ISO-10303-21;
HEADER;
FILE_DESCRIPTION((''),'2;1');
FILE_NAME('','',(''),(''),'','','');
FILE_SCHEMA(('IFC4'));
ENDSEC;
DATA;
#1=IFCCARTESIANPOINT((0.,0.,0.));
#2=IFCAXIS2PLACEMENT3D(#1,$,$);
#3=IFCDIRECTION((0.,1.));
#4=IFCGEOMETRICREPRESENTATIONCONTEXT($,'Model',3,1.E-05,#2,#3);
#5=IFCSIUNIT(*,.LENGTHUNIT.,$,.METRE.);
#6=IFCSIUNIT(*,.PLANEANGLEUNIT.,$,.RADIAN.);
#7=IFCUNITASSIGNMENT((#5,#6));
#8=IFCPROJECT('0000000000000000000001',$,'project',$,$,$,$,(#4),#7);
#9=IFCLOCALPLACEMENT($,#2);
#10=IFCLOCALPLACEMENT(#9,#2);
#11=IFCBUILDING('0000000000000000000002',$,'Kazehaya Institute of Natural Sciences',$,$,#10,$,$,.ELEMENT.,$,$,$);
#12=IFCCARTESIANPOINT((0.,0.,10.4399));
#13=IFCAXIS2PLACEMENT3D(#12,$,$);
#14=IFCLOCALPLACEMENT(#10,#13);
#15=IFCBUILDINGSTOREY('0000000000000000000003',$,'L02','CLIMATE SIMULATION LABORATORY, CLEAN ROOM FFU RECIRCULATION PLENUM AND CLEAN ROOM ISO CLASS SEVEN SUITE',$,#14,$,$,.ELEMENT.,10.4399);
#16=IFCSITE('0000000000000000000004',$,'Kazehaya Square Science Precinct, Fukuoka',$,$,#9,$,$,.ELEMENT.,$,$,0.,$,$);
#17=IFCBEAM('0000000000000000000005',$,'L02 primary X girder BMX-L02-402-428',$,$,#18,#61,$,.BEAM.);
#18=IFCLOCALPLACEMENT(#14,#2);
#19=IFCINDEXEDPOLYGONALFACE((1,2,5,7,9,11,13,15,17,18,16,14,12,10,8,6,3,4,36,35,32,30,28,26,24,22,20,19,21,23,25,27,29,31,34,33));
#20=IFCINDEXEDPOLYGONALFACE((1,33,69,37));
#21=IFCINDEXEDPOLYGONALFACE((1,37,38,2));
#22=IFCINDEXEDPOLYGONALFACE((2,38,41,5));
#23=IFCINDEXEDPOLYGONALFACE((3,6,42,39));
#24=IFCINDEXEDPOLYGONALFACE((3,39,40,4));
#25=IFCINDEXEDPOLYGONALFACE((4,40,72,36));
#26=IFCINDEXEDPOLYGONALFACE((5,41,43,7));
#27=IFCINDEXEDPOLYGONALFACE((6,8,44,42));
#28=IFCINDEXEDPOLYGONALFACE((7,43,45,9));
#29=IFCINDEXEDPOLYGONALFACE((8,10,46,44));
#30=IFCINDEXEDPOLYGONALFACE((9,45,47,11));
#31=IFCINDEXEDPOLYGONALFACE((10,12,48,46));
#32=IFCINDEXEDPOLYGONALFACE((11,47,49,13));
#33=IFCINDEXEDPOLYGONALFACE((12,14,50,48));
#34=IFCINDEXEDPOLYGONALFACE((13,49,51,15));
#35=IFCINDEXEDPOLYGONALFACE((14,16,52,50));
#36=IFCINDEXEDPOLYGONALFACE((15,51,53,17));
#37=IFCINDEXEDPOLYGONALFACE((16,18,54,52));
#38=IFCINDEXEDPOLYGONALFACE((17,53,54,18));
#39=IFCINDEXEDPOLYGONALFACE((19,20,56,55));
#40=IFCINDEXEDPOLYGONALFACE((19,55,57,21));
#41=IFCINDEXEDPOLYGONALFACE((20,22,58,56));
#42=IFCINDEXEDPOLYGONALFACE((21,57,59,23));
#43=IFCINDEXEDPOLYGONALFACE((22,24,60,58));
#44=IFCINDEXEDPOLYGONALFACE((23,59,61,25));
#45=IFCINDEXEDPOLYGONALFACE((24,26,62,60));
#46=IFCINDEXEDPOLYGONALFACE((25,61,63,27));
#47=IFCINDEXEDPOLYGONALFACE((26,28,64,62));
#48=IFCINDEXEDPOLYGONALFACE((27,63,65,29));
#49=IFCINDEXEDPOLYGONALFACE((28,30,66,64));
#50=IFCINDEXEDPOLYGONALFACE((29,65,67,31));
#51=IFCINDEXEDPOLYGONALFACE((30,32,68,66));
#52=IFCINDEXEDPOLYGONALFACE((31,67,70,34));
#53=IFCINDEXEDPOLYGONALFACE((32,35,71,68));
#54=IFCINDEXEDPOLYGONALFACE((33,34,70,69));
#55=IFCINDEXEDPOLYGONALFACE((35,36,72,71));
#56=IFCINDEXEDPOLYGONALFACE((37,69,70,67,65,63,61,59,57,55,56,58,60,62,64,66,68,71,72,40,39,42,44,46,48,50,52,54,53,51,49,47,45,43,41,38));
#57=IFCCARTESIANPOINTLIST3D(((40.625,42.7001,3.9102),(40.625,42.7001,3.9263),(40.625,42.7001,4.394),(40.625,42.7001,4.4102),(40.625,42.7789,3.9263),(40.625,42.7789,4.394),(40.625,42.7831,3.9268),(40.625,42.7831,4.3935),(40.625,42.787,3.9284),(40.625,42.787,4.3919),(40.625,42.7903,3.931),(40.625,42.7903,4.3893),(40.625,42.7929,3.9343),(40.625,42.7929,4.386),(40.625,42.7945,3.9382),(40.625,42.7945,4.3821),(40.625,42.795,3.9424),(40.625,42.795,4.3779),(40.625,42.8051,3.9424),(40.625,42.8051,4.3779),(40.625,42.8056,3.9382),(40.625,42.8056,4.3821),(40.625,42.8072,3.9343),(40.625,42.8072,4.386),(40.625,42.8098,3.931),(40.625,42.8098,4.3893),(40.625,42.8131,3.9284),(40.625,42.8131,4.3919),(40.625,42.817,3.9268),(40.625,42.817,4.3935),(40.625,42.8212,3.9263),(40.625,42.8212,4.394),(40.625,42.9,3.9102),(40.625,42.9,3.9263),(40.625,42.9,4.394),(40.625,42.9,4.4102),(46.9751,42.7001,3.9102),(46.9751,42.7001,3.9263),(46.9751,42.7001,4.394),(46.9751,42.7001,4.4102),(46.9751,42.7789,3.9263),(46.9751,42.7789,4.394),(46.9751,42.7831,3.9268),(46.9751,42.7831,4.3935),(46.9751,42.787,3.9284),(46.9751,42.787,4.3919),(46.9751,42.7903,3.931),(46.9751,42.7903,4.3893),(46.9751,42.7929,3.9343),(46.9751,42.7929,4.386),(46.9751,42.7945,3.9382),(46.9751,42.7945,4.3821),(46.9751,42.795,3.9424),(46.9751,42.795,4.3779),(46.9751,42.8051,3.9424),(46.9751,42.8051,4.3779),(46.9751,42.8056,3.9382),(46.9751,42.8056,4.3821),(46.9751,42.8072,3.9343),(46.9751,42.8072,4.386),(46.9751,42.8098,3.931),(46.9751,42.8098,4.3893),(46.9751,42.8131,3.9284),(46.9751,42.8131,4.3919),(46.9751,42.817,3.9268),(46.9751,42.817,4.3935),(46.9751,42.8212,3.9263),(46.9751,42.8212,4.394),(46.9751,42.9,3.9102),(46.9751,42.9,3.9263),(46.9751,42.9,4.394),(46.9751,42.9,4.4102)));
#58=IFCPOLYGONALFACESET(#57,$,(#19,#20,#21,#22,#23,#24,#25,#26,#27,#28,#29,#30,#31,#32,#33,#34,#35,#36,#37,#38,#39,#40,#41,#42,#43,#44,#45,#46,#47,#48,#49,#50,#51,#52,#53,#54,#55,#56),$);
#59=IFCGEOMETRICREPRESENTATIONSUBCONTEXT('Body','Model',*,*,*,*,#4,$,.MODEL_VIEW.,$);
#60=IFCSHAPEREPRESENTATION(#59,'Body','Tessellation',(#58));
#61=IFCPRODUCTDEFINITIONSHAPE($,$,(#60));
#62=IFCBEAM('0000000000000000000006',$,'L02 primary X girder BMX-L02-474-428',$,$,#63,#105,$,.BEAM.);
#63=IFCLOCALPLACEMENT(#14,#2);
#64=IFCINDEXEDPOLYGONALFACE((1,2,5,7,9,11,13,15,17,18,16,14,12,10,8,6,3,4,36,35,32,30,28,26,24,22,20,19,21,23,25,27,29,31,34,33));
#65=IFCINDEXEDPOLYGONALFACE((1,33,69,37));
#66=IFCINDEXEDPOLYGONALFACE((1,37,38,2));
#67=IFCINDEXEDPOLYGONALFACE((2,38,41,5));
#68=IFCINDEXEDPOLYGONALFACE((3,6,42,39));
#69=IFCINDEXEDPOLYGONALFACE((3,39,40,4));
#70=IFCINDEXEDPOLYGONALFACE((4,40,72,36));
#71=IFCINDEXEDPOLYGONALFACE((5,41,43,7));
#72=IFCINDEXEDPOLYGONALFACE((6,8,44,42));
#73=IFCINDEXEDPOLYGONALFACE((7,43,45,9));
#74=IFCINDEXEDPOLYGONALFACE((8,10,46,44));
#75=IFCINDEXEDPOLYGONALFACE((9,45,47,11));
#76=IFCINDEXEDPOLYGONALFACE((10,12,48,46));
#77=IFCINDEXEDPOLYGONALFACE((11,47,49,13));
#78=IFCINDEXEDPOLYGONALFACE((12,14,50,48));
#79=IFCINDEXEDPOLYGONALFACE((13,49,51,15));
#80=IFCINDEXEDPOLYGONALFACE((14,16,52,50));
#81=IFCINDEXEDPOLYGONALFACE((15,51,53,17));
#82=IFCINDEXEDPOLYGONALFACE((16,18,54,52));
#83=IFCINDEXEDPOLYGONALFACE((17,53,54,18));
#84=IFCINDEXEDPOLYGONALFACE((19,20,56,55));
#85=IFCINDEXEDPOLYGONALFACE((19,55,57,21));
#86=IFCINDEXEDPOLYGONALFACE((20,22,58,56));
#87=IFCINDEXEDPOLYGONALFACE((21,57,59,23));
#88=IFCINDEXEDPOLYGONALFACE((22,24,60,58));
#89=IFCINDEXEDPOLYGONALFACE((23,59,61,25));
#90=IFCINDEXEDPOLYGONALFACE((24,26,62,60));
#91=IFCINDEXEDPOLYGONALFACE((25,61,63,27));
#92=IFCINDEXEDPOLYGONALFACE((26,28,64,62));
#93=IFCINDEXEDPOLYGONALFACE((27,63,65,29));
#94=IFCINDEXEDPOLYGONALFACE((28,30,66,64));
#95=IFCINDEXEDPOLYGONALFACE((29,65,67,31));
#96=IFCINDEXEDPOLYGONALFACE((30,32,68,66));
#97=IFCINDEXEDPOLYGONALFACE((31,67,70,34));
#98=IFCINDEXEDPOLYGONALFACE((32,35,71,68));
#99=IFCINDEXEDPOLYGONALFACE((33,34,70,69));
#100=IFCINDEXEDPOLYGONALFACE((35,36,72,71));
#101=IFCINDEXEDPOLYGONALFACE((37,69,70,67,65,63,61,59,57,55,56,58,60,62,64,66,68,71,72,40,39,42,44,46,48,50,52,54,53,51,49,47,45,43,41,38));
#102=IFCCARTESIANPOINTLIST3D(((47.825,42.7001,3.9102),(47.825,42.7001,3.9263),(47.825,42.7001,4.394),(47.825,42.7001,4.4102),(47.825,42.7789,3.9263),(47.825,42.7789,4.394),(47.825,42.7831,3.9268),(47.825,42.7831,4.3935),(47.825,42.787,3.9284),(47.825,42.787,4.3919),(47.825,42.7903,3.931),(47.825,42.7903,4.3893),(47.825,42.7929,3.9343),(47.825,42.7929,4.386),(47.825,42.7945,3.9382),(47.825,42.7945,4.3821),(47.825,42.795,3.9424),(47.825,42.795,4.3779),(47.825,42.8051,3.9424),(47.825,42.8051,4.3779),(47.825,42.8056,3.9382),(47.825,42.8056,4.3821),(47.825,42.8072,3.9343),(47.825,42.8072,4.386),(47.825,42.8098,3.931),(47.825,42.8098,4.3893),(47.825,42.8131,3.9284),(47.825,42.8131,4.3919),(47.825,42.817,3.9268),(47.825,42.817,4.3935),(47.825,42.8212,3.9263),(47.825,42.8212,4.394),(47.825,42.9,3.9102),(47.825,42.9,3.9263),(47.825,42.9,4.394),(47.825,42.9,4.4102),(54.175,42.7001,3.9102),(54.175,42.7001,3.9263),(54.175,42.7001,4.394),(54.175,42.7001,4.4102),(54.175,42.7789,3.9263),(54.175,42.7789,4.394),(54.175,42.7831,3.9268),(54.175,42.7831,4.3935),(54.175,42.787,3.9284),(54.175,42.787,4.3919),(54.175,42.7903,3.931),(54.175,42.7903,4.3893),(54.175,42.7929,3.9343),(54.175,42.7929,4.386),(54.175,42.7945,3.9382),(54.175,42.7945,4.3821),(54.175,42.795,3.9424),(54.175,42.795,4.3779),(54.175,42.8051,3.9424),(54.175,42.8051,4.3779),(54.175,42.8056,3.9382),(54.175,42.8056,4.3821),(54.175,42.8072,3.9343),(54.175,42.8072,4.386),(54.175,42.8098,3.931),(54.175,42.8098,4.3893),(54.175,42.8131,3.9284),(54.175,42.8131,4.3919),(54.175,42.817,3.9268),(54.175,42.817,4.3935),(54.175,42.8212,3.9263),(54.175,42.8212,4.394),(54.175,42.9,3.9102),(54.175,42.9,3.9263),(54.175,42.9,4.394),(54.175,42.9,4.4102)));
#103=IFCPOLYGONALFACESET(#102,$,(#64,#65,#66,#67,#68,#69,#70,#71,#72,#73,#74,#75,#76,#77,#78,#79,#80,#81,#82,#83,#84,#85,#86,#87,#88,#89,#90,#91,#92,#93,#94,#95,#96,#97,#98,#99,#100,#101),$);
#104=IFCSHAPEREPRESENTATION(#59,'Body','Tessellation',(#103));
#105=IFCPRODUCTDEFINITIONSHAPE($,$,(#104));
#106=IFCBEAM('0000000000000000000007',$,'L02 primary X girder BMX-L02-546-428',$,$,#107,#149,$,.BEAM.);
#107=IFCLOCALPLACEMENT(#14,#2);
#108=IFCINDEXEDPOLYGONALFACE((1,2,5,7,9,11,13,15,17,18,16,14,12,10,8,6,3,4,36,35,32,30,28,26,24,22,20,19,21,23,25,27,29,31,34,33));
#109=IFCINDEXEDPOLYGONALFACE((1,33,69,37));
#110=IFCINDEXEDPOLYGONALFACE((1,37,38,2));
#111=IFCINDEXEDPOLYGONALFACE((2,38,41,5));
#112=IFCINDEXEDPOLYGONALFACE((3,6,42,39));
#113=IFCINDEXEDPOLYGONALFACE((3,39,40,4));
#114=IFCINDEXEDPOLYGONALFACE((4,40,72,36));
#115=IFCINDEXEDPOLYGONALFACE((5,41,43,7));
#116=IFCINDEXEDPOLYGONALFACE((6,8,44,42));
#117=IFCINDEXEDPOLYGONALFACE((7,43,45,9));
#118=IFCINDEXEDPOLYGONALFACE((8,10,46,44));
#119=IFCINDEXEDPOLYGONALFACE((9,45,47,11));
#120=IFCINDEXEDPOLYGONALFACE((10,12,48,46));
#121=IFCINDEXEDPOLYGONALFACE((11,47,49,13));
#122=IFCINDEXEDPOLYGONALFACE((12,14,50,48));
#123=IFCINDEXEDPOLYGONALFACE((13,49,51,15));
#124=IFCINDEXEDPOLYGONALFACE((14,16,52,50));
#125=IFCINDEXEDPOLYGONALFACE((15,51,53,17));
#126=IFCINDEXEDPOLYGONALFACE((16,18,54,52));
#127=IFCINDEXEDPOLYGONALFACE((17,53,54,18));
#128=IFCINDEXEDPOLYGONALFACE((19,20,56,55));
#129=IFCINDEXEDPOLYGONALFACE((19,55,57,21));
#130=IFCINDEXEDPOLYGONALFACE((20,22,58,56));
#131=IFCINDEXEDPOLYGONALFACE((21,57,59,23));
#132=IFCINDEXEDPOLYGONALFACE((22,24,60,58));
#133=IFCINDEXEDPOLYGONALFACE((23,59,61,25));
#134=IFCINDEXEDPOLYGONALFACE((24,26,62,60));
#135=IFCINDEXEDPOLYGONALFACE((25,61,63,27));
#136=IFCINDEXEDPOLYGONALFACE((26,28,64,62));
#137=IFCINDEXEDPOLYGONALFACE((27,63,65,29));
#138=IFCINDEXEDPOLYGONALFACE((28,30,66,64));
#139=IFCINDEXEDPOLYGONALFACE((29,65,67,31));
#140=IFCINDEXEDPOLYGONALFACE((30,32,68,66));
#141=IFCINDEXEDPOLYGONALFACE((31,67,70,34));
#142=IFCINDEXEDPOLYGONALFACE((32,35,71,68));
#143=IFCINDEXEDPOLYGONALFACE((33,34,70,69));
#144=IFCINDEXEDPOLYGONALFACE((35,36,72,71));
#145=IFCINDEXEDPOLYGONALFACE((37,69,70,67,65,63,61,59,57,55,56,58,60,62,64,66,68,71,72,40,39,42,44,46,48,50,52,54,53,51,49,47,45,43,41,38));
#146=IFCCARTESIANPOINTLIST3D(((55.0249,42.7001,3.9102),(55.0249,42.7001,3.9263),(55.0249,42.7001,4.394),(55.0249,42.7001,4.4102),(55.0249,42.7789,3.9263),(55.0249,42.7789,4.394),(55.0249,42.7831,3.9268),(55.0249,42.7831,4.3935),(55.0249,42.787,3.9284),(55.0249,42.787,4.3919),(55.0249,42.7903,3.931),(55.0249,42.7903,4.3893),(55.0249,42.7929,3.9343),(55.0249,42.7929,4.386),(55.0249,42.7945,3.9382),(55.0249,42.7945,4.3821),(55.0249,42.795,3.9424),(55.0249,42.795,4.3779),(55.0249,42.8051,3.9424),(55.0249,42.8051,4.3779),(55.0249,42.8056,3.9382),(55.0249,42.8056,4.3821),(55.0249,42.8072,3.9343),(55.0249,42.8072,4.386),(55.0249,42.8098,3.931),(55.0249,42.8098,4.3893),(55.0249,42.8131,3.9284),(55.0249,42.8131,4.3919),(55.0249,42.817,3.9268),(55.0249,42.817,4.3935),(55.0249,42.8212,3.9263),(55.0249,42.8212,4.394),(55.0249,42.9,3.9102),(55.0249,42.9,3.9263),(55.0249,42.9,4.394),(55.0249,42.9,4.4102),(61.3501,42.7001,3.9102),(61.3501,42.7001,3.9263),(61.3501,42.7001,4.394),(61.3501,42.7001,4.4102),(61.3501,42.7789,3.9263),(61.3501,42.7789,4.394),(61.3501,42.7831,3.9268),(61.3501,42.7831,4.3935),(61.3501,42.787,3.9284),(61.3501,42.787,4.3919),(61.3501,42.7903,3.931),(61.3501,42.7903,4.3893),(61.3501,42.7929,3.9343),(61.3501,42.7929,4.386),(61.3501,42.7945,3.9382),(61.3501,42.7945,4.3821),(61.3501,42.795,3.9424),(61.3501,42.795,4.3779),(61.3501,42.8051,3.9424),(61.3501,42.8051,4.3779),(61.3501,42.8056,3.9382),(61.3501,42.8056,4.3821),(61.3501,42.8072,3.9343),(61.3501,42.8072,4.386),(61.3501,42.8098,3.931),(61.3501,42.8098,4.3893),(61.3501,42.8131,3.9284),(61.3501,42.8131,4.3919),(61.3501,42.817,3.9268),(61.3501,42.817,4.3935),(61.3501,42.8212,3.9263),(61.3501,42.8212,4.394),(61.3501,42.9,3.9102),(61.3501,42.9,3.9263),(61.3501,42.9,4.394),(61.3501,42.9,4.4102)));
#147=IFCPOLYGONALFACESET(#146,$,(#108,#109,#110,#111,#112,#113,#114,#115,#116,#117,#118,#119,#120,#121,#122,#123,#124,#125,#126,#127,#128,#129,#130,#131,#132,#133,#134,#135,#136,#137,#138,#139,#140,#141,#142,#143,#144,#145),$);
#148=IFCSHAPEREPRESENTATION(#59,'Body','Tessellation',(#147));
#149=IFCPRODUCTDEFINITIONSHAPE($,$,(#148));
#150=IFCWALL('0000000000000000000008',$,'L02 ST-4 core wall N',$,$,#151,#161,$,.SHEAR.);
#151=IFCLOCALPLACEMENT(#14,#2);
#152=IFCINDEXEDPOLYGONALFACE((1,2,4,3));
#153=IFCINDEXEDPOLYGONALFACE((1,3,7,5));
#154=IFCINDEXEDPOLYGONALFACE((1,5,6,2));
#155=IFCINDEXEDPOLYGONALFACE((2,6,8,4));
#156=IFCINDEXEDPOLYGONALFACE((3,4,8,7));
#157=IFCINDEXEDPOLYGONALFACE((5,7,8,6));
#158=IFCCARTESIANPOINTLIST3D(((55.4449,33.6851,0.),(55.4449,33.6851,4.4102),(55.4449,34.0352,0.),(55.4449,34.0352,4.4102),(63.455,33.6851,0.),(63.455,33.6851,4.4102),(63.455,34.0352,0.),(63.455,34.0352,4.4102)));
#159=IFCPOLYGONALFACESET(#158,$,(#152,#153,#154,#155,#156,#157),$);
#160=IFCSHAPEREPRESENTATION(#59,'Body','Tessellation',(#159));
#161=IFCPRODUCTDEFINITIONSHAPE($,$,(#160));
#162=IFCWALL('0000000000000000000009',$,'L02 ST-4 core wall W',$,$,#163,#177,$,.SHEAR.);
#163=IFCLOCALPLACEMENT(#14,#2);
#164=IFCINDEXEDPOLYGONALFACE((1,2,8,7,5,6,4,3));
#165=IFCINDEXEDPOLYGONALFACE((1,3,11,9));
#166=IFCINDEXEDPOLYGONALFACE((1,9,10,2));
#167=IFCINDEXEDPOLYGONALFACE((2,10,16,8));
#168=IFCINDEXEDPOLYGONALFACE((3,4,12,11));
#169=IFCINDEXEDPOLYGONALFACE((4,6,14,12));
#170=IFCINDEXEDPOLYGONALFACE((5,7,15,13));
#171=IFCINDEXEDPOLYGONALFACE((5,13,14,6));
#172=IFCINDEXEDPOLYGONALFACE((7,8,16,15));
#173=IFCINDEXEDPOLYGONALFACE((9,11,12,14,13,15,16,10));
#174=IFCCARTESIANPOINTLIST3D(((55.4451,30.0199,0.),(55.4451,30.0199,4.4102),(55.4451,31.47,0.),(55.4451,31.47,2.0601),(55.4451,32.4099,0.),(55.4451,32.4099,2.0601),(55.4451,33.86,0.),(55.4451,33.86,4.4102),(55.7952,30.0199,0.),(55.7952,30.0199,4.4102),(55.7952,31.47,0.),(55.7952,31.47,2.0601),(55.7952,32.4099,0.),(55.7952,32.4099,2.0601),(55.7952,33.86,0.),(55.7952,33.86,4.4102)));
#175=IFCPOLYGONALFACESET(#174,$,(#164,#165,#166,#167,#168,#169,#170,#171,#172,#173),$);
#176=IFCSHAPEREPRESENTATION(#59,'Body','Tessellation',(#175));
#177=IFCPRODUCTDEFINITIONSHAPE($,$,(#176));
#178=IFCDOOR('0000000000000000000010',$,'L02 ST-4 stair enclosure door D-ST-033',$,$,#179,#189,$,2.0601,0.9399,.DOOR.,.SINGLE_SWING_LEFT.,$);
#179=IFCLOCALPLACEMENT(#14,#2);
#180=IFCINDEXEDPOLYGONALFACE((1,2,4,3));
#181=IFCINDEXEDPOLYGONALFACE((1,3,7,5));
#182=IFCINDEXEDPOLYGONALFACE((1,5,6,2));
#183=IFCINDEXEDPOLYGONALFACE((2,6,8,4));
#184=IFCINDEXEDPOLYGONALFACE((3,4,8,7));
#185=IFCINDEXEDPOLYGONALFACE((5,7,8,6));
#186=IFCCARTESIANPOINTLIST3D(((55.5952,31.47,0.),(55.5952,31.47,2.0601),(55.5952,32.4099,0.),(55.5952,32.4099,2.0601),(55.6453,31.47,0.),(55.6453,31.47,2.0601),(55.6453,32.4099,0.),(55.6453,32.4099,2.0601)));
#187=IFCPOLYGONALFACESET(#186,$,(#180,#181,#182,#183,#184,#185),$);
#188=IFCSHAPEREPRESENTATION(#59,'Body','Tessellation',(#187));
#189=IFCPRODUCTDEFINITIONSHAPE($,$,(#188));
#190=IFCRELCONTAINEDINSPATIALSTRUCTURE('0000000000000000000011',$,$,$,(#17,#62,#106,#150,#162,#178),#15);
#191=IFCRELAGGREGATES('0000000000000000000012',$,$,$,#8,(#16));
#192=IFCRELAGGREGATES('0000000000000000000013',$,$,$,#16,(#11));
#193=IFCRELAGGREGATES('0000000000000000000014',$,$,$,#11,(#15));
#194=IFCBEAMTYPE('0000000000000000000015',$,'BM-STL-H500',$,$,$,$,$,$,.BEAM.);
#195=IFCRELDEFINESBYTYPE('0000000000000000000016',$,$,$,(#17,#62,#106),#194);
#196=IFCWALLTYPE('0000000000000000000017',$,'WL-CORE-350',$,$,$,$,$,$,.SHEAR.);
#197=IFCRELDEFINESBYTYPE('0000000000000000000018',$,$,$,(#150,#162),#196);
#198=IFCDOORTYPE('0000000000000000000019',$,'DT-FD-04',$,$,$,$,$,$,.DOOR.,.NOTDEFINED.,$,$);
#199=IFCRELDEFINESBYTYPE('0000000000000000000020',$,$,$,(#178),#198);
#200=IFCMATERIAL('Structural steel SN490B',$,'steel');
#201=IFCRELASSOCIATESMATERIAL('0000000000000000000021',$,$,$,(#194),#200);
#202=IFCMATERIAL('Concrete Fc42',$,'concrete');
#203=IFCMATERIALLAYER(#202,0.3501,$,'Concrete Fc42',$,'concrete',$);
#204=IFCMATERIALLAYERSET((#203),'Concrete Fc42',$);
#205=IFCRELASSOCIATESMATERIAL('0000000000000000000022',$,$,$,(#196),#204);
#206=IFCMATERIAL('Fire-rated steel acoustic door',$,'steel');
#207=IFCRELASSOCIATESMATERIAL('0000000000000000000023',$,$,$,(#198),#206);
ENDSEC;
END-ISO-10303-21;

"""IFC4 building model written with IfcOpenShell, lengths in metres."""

from ifc_helpers import new_model, si_unit, direction, frame, frame_2d, origin, origin_2d, place, context, subcontext, project, spatial, rectangle, i_section, extrude, material, layer, layer_set, material_profile, profile_set, type_object, element, fill, save


model = new_model("IFC4")

# Units and contexts
model_context = context("Model", 3, precision=1e-05, world=origin(), true_north=direction((0.0, 1.0)))
body_context = subcontext(model_context, "Body", "Model", "MODEL_VIEW")
ifc_project = project(units=[si_unit("LENGTHUNIT", "METRE"), si_unit("PLANEANGLEUNIT", "RADIAN")], contexts=[model_context])

# Site, building, storey
site_placement = place(None, origin())
site = spatial("IfcSite", under=ifc_project, at=site_placement, Name="Kazehaya Square Science Precinct, Fukuoka", CompositionType="ELEMENT", RefElevation=0.0)
building_placement = place(site_placement, origin())
building = spatial("IfcBuilding", under=site, at=building_placement, Name="Kazehaya Institute of Natural Sciences", CompositionType="ELEMENT")
storey_placement = place(building_placement, frame((0.0, 0.0, 10.4399)))
storey = spatial("IfcBuildingStorey", under=building, at=storey_placement, Name="L02", Description="CLIMATE SIMULATION LABORATORY, CLEAN ROOM FFU RECIRCULATION PLENUM AND CLEAN ROOM ISO CLASS SEVEN SUITE", CompositionType="ELEMENT", Elevation=10.4399)

# Shared definitions
ifc_material_1 = material(Name="Concrete Fc42", Category="concrete")

# Beams
ifc_material_2 = material(Name="Structural steel SN490B", Category="steel")
ifc_material_profile_1 = material_profile(ifc_material_2, i_section(OverallWidth=0.2, OverallDepth=0.5, WebThickness=0.01, FlangeThickness=0.0161, FilletRadius=0.0161, at=origin_2d()), Name="H-500x200x10x16")
ifc_profile_set_1 = profile_set([ifc_material_profile_1], Name="Structural steel SN490B")
beam_type_1 = type_object("IfcBeamType", Name="BM-STL-H500", PredefinedType="BEAM", material=ifc_profile_set_1)
for number, where, z_axis, x_axis, name in (
    (1, (40.625, 42.8, 4.1602), (1.0, 0.0, 0.0), (0.0, 1.0, 0.0), "L02 primary X girder BMX-L02-402-428"),
    (2, (47.825, 42.8, 4.1602), (1.0, 0.0, 0.0), (0.0, 1.0, 0.0), "L02 primary X girder BMX-L02-474-428"),
):
    element("IfcBeam", number, at=place(storey_placement, frame(where, z_axis=z_axis, x_axis=x_axis)), inside=storey, type_object=beam_type_1, Name=name, PredefinedType="BEAM", context=body_context, shape_type="SweptSolid", body=[
        extrude(i_section(OverallWidth=0.2, OverallDepth=0.5, WebThickness=0.01, FlangeThickness=0.0161, FilletRadius=0.0161, at=origin_2d()), origin(), (0.0, 0.0, 1.0), 6.3501),
    ])
beam_1_placement = place(storey_placement, frame((55.0249, 42.8, 4.1602), z_axis=(1.0, 0.0, 0.0), x_axis=(0.0, 1.0, 0.0)))
element("IfcBeam", 3, at=beam_1_placement, inside=storey, type_object=beam_type_1, Name="L02 primary X girder BMX-L02-546-428", PredefinedType="BEAM", context=body_context, shape_type="SweptSolid", body=[
    extrude(i_section(OverallWidth=0.2, OverallDepth=0.5, WebThickness=0.01, FlangeThickness=0.0161, FilletRadius=0.0161, at=origin_2d()), origin(), (0.0, 0.0, 1.0), 6.3252),
])

# Wall
ifc_layer_1 = layer(ifc_material_1, 0.3501, Name="Concrete Fc42", Category="concrete")
ifc_layer_set_1 = layer_set([ifc_layer_1], Name="Concrete Fc42")
wall_type_1 = type_object("IfcWallType", Name="WL-CORE-350", PredefinedType="SHEAR", material=ifc_layer_set_1)
wall_1_placement = place(storey_placement, frame((55.4451, 33.8601, 0.0), z_axis=(0.0, 0.0, 1.0), x_axis=(1.0, 0.0, 0.0)))
element("IfcWall", 4, at=wall_1_placement, inside=storey, type_object=wall_type_1, Name="L02 ST-4 core wall N", PredefinedType="SHEAR", context=body_context, shape_type="SweptSolid", body=[
    extrude(rectangle(XDim=8.01, YDim=0.3501, at=frame_2d((4.0049, 0.0))), origin(), (0.0, 0.0, 1.0), 4.4102),
])

# Wall, opening, door
wall_2_placement = place(storey_placement, frame((55.6201, 30.02, 0.0), z_axis=(0.0, 0.0, 1.0), x_axis=(0.0, 1.0, 0.0)))
wall_2 = element("IfcWall", 5, at=wall_2_placement, inside=storey, type_object=wall_type_1, Name="L02 ST-4 core wall W", PredefinedType="SHEAR", context=body_context, shape_type="SweptSolid", body=[
    extrude(rectangle(XDim=3.8401, YDim=0.3501, at=frame_2d((1.9199, 0.0))), origin(), (0.0, 0.0, 1.0), 4.4102),
])
opening_1_placement = place(wall_2_placement, frame((1.45, 0.0, 0.0)))
opening_1 = element("IfcOpeningElement", 6, at=opening_1_placement, cuts=wall_2, PredefinedType="OPENING", context=body_context, shape_type="SweptSolid", body=[
    extrude(rectangle(XDim=0.9399, YDim=2.0601, at=frame_2d((0.47, 1.03))), frame((0.0, 0.1851, 0.0), z_axis=(0.0, -1.0, 0.0), x_axis=(1.0, 0.0, 0.0)), (0.0, 0.0, 1.0), 0.3701),
])
ifc_material_3 = material(Name="Fire-rated steel acoustic door", Category="steel")
door_type = type_object("IfcDoorType", Name="DT-FD-04", OperationType="NOTDEFINED", PredefinedType="DOOR", material=ifc_material_3)
door_placement = place(opening_1_placement, origin())
door = element("IfcDoor", 7, at=door_placement, inside=storey, type_object=door_type, Name="L02 ST-4 stair enclosure door D-ST-033", OperationType="SINGLE_SWING_LEFT", OverallHeight=2.0601, OverallWidth=0.9399, PredefinedType="DOOR", context=body_context, shape_type="SweptSolid", body=[
    extrude(rectangle(XDim=0.9399, YDim=2.0601, at=frame_2d((0.47, 1.03))), frame((0.0, 0.0249, 0.0), z_axis=(0.0, -1.0, 0.0), x_axis=(1.0, 0.0, 0.0)), (0.0, 0.0, 1.0), 0.05),
])
fill(opening_1, door)

save(model, "model.ifc")
